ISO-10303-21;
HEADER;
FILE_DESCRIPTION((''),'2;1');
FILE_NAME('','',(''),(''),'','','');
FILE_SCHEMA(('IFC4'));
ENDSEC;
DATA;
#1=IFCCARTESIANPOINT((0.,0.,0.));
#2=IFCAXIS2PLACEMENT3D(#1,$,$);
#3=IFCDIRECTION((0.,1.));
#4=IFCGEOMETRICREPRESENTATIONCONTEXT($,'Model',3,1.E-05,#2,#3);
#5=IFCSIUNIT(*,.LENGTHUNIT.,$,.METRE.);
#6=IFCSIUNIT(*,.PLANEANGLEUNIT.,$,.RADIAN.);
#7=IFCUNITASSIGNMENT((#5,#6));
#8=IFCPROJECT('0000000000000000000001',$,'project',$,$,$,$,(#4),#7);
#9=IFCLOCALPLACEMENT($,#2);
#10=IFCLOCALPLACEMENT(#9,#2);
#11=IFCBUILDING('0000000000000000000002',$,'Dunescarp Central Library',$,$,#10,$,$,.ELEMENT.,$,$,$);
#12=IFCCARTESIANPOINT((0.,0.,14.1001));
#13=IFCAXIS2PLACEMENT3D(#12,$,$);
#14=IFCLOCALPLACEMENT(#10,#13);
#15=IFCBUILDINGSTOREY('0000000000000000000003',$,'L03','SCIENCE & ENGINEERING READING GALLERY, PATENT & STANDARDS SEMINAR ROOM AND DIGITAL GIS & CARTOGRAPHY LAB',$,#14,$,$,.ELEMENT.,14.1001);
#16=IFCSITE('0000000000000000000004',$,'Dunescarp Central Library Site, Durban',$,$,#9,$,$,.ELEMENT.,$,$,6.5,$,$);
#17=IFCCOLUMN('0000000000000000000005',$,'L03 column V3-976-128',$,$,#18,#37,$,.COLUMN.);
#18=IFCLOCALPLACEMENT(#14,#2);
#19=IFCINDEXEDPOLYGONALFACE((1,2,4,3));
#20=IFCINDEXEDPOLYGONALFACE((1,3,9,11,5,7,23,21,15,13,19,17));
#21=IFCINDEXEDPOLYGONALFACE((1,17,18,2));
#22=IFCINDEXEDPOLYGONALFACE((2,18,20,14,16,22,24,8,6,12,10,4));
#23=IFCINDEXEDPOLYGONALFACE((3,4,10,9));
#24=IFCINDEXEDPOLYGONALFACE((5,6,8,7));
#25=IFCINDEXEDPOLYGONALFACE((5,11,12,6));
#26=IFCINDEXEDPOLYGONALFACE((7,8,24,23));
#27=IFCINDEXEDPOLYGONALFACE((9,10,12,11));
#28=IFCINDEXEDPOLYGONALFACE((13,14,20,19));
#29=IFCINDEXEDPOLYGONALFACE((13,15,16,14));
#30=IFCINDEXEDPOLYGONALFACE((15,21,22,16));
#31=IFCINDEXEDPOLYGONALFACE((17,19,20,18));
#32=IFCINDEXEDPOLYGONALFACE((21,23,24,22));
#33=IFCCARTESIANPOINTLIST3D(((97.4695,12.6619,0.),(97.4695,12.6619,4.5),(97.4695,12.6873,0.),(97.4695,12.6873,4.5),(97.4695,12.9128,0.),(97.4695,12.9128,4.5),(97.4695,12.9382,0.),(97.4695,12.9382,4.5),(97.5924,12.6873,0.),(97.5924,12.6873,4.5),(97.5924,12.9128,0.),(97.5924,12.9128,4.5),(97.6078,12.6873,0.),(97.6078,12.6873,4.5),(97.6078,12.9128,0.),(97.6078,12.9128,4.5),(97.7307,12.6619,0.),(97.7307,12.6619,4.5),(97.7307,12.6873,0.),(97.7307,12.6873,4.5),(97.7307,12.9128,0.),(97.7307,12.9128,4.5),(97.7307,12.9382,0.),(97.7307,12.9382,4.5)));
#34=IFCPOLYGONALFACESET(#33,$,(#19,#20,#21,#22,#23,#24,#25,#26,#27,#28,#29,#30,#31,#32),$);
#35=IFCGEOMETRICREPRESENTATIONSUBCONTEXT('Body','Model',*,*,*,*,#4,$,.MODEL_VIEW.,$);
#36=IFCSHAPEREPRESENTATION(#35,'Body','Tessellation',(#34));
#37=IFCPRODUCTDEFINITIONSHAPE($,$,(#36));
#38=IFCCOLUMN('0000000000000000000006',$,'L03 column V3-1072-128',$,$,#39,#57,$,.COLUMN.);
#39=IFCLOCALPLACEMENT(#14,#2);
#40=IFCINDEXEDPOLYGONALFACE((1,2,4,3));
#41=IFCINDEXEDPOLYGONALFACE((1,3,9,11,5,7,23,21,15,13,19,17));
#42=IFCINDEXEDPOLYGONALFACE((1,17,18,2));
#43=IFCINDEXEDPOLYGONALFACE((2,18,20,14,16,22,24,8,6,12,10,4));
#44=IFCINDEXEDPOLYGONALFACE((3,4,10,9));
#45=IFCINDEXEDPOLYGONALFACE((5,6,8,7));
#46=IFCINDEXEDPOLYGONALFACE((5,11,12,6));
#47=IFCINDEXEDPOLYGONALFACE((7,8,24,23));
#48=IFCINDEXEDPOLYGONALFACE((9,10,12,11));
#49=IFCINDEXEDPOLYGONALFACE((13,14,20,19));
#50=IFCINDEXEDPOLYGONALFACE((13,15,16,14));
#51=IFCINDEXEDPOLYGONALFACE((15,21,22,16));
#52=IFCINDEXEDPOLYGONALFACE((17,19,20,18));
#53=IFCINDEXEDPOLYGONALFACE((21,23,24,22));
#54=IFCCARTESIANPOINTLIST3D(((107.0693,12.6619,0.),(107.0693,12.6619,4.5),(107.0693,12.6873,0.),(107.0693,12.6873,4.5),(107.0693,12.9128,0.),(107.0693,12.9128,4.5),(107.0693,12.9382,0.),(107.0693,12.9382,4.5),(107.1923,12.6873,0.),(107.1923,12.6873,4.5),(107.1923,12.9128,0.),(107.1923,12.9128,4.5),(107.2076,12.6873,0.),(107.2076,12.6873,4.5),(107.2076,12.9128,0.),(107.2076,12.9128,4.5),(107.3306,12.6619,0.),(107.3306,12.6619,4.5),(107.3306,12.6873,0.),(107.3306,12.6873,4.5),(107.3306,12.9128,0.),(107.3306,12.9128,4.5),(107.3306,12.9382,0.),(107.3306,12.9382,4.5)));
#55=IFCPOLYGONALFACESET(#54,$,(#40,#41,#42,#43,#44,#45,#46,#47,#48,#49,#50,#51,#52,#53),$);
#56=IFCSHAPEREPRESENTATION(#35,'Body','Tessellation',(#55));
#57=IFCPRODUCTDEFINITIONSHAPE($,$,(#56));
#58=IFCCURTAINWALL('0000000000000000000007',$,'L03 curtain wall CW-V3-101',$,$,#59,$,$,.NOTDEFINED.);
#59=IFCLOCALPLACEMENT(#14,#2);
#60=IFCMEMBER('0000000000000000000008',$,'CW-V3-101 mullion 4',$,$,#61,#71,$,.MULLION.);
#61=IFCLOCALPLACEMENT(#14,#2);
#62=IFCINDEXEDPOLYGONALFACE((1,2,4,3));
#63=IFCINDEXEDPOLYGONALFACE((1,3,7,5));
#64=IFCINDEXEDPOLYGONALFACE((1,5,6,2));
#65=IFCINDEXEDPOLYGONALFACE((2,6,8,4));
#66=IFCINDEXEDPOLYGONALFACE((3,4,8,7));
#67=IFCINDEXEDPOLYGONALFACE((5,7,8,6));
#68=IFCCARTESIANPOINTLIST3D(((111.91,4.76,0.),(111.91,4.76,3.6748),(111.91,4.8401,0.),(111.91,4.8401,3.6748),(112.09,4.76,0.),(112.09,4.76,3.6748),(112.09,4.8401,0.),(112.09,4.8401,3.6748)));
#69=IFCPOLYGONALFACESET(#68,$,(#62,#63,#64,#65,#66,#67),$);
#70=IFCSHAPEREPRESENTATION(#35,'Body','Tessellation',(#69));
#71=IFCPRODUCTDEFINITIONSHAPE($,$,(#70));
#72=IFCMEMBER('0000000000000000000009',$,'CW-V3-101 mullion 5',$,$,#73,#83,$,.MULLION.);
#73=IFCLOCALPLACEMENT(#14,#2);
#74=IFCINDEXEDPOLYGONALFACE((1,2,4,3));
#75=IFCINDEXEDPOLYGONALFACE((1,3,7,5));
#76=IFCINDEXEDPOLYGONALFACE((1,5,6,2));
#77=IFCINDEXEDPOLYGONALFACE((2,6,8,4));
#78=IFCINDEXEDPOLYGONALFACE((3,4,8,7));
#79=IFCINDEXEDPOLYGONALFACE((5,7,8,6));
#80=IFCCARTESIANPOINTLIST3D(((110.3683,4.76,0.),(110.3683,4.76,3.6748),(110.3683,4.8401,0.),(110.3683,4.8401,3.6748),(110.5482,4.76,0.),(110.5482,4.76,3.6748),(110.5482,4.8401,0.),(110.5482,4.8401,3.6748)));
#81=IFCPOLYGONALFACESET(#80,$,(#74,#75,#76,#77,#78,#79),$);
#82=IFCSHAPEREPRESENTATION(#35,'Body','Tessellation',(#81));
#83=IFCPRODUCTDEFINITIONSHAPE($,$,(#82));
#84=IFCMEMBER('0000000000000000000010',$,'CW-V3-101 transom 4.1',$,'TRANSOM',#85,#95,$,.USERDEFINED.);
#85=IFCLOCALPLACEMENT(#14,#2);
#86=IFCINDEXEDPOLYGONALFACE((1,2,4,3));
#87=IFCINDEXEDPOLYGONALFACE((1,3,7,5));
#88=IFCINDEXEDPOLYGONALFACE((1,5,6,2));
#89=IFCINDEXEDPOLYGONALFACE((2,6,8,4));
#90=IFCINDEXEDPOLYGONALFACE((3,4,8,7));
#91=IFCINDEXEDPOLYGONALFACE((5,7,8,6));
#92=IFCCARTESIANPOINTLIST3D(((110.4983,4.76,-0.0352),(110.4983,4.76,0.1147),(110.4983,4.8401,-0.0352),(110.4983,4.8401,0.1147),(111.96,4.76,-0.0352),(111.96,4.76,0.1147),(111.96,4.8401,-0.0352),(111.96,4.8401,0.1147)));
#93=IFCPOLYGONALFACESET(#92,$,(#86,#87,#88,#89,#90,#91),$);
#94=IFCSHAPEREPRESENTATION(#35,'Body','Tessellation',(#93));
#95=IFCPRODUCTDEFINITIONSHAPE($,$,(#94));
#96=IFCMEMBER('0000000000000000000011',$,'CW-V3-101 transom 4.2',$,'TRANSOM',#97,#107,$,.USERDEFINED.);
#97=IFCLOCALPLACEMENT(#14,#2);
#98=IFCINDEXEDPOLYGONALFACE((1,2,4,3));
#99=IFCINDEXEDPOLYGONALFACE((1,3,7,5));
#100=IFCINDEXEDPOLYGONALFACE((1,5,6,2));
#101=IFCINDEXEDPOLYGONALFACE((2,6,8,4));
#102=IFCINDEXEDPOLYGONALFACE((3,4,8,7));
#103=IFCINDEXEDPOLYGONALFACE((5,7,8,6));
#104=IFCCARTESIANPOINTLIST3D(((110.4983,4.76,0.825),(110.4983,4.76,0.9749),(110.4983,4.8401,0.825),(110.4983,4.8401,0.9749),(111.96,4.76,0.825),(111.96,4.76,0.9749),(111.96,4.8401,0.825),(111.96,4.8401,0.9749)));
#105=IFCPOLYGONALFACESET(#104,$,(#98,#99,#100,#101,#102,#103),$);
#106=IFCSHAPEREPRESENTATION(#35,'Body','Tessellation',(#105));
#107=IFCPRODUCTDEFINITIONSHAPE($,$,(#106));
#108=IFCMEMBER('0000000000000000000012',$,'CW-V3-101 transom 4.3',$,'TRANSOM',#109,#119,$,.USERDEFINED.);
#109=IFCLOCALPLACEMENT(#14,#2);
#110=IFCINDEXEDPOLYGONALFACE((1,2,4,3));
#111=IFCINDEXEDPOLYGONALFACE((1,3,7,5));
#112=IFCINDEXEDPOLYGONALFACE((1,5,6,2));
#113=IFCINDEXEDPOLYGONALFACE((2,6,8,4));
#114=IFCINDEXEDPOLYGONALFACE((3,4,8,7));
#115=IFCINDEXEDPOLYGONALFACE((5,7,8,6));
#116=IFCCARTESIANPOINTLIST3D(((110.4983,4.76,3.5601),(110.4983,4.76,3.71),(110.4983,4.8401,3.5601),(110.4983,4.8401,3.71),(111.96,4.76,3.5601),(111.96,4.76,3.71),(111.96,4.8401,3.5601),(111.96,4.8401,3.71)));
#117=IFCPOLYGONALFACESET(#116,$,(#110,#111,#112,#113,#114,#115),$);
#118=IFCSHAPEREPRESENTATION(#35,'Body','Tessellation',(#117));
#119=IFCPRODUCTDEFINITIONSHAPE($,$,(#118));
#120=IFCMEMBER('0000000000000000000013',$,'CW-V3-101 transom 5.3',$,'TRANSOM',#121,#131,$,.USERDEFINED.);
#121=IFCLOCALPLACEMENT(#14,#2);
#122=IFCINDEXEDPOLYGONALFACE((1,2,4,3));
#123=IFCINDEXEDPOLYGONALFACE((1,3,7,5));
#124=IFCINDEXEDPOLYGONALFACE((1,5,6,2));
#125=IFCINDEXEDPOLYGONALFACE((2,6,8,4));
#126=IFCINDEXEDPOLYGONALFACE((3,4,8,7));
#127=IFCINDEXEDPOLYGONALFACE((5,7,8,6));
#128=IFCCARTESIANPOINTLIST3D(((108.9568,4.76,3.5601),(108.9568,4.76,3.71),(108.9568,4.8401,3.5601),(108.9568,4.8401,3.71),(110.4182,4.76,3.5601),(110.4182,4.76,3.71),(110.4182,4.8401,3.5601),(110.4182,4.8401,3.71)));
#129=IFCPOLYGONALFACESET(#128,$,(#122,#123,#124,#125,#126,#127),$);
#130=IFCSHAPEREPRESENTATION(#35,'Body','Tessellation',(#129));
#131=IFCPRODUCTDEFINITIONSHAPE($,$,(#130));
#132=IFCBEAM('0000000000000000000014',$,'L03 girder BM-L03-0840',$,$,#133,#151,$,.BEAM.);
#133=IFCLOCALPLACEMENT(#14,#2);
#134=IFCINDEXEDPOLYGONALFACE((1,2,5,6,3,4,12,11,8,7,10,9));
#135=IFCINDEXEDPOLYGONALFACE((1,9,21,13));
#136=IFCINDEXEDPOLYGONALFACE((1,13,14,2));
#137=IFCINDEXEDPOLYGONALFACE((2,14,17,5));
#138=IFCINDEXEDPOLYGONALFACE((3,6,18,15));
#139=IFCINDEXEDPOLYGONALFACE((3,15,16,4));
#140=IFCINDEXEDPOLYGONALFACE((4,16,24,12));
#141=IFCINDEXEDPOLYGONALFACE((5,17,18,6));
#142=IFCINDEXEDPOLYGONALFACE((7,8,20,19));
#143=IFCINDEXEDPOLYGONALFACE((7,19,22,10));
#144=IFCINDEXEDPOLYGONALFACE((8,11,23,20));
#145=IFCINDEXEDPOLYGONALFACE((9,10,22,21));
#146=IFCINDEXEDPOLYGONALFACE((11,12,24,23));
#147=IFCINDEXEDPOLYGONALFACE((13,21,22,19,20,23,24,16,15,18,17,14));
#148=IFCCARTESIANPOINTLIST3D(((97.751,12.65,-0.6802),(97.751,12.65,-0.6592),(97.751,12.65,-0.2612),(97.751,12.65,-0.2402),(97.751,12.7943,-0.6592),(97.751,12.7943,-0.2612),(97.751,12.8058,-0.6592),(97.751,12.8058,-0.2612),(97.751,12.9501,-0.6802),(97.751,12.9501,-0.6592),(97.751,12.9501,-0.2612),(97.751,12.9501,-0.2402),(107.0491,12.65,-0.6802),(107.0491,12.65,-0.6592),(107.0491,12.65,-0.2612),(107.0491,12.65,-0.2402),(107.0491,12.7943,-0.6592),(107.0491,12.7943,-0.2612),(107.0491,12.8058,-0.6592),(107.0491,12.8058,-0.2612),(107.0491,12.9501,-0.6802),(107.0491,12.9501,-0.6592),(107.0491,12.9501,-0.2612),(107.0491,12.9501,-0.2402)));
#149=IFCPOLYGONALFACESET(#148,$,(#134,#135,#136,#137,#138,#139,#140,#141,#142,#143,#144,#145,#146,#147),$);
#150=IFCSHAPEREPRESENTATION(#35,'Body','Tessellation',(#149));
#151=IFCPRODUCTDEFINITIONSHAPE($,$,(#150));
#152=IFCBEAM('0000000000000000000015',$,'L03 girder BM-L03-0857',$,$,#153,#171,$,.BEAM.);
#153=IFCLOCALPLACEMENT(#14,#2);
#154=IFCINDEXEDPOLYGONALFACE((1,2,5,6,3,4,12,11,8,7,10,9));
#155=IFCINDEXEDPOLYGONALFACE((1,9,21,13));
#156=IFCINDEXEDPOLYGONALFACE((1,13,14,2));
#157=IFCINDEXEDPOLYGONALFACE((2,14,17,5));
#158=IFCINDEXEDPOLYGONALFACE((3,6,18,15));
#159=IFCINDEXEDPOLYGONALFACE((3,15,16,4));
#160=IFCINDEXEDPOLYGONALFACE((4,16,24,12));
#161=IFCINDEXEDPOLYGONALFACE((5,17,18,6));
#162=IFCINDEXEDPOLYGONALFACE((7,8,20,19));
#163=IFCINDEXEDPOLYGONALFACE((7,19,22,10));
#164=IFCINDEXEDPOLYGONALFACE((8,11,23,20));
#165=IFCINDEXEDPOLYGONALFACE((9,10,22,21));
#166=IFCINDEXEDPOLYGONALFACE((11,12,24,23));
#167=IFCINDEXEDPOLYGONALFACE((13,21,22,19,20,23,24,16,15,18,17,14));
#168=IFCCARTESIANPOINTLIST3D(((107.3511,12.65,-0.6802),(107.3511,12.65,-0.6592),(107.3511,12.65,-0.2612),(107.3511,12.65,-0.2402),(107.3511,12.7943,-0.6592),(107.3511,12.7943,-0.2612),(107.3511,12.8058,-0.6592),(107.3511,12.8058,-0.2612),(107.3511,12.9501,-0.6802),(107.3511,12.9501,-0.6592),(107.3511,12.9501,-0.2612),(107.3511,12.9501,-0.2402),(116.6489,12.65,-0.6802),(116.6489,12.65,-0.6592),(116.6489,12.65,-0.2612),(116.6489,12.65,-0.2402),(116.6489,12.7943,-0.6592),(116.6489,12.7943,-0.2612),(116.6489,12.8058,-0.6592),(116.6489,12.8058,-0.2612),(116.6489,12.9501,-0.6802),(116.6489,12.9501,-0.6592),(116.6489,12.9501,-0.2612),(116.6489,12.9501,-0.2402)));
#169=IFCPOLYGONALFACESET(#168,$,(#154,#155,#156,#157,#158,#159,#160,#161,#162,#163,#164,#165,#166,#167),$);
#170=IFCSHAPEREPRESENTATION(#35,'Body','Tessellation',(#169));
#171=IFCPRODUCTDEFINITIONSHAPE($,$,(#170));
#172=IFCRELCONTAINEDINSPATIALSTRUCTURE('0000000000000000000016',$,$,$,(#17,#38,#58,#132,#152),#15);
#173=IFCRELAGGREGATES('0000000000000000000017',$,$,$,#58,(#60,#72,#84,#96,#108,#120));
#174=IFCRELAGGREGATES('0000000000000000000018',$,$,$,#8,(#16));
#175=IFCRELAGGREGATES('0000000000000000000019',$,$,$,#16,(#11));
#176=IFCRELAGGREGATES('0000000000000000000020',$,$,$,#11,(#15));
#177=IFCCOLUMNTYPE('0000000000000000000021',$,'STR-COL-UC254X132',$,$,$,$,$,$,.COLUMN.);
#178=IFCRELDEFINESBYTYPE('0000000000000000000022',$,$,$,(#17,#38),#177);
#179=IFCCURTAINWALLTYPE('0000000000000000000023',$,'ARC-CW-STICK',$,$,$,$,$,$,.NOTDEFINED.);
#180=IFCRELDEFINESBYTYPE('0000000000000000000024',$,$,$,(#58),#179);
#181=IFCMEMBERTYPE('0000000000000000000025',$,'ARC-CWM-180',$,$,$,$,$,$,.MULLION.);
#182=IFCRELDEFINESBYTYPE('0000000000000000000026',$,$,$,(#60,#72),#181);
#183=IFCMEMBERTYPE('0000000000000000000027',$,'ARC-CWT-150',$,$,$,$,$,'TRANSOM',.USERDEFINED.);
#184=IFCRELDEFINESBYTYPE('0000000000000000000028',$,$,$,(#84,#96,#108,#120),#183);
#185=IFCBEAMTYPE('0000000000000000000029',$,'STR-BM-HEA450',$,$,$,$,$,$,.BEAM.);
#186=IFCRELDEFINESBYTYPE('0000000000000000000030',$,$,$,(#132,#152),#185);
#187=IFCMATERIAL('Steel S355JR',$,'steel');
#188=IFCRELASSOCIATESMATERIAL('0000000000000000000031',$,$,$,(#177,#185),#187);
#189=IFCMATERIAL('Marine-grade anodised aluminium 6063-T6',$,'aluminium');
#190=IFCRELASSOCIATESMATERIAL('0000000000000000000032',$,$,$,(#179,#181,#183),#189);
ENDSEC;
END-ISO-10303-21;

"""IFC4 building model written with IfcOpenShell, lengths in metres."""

from ifc_helpers import new_model, si_unit, direction, frame, origin, origin_2d, place, context, subcontext, project, spatial, rectangle, i_section, extrude, material, material_profile, profile_set, type_object, element, aggregate, save


model = new_model("IFC4")

# Units and contexts
model_context = context("Model", 3, precision=1e-05, world=origin(), true_north=direction((0.0, 1.0)))
body_context = subcontext(model_context, "Body", "Model", "MODEL_VIEW")
ifc_project = project(units=[si_unit("LENGTHUNIT", "METRE"), si_unit("PLANEANGLEUNIT", "RADIAN")], contexts=[model_context])

# Site, building, storey
site_placement = place(None, origin())
site = spatial("IfcSite", under=ifc_project, at=site_placement, Name="Dunescarp Central Library Site, Durban", CompositionType="ELEMENT", RefElevation=6.5)
building_placement = place(site_placement, origin())
building = spatial("IfcBuilding", under=site, at=building_placement, Name="Dunescarp Central Library", CompositionType="ELEMENT")
storey_placement = place(building_placement, frame((0.0, 0.0, 14.1001)))
storey = spatial("IfcBuildingStorey", under=building, at=storey_placement, Name="L03", Description="SCIENCE & ENGINEERING READING GALLERY, PATENT & STANDARDS SEMINAR ROOM AND DIGITAL GIS & CARTOGRAPHY LAB", CompositionType="ELEMENT", Elevation=14.1001)

# Columns
ifc_material_1 = material(Name="Steel S355JR", Category="steel")
ifc_material_profile_1 = material_profile(ifc_material_1, i_section(OverallWidth=0.2612, OverallDepth=0.2764, WebThickness=0.0154, FlangeThickness=0.0254, at=origin_2d()), Name="UC 254x254x132")
ifc_profile_set_1 = profile_set([ifc_material_profile_1], Name="Steel S355JR")
column_type = type_object("IfcColumnType", Name="STR-COL-UC254X132", PredefinedType="COLUMN", material=ifc_profile_set_1)
for number, where, z_axis, x_axis, name in (
    (1, (97.6001, 12.8, 0.0), (0.0, 0.0, 1.0), (1.0, 0.0, 0.0), "L03 column V3-976-128"),
    (2, (107.2, 12.8, 0.0), (0.0, 0.0, 1.0), (1.0, 0.0, 0.0), "L03 column V3-1072-128"),
):
    element("IfcColumn", number, at=place(storey_placement, frame(where, z_axis=z_axis, x_axis=x_axis)), inside=storey, type_object=column_type, Name=name, PredefinedType="COLUMN", context=body_context, shape_type="SweptSolid", body=[
        extrude(i_section(OverallWidth=0.2612, OverallDepth=0.2764, WebThickness=0.0154, FlangeThickness=0.0254, at=origin_2d()), origin(), (0.0, 0.0, 1.0), 4.5),
    ])

# Curtain wall, members
ifc_material_2 = material(Name="Marine-grade anodised aluminium 6063-T6", Category="aluminium")
curtain_wall_type = type_object("IfcCurtainWallType", Name="ARC-CW-STICK", PredefinedType="NOTDEFINED", material=ifc_material_2)
curtain_wall_placement = place(storey_placement, origin())
curtain_wall = element("IfcCurtainWall", 3, at=curtain_wall_placement, inside=storey, type_object=curtain_wall_type, Name="L03 curtain wall CW-V3-101", PredefinedType="NOTDEFINED")
ifc_material_profile_2 = material_profile(ifc_material_2, rectangle(XDim=0.0801, YDim=0.1799, at=origin_2d()), Name="AL 80x180")
ifc_profile_set_2 = profile_set([ifc_material_profile_2], Name="Marine-grade anodised aluminium 6063-T6")
member_type_1 = type_object("IfcMemberType", Name="ARC-CWM-180", PredefinedType="MULLION", material=ifc_profile_set_2)
member_1_placement = place(storey_placement, frame((112.0, 4.8, 0.0), z_axis=(0.0, 0.0, 1.0), x_axis=(0.0, -1.0, 0.0)))
member_1 = element("IfcMember", 4, at=member_1_placement, type_object=member_type_1, Name="CW-V3-101 mullion 4", PredefinedType="MULLION", context=body_context, shape_type="SweptSolid", body=[
    extrude(rectangle(XDim=0.0801, YDim=0.1799, at=origin_2d()), origin(), (0.0, 0.0, 1.0), 3.6748),
])
member_2_placement = place(storey_placement, frame((110.4583, 4.8, 0.0), z_axis=(0.0, 0.0, 1.0), x_axis=(0.0, -1.0, 0.0)))
member_2 = element("IfcMember", 5, at=member_2_placement, type_object=member_type_1, Name="CW-V3-101 mullion 5", PredefinedType="MULLION", context=body_context, shape_type="SweptSolid", body=[
    extrude(rectangle(XDim=0.0801, YDim=0.1799, at=origin_2d()), origin(), (0.0, 0.0, 1.0), 3.6748),
])
ifc_material_profile_3 = material_profile(ifc_material_2, rectangle(XDim=0.0801, YDim=0.1499, at=origin_2d()), Name="AL 80x150")
ifc_profile_set_3 = profile_set([ifc_material_profile_3], Name="Marine-grade anodised aluminium 6063-T6")
member_type_2 = type_object("IfcMemberType", Name="ARC-CWT-150", ElementType="TRANSOM", PredefinedType="USERDEFINED", material=ifc_profile_set_3)
member_3_placement = place(storey_placement, frame((111.96, 4.8, 0.0398), z_axis=(-1.0, 0.0, 0.0), x_axis=(0.0, -1.0, 0.0)))
member_3 = element("IfcMember", 6, at=member_3_placement, type_object=member_type_2, Name="CW-V3-101 transom 4.1", ObjectType="TRANSOM", PredefinedType="USERDEFINED", context=body_context, shape_type="SweptSolid", body=[
    extrude(rectangle(XDim=0.0801, YDim=0.1499, at=origin_2d()), origin(), (0.0, 0.0, 1.0), 1.4617),
])
member_4_placement = place(storey_placement, frame((111.96, 4.8, 0.8999), z_axis=(-1.0, 0.0, 0.0), x_axis=(0.0, -1.0, 0.0)))
member_4 = element("IfcMember", 7, at=member_4_placement, type_object=member_type_2, Name="CW-V3-101 transom 4.2", ObjectType="TRANSOM", PredefinedType="USERDEFINED", context=body_context, shape_type="SweptSolid", body=[
    extrude(rectangle(XDim=0.0801, YDim=0.1499, at=origin_2d()), origin(), (0.0, 0.0, 1.0), 1.4617),
])
member_5_placement = place(storey_placement, frame((111.96, 4.8, 3.635), z_axis=(-1.0, 0.0, 0.0), x_axis=(0.0, -1.0, 0.0)))
member_5 = element("IfcMember", 8, at=member_5_placement, type_object=member_type_2, Name="CW-V3-101 transom 4.3", ObjectType="TRANSOM", PredefinedType="USERDEFINED", context=body_context, shape_type="SweptSolid", body=[
    extrude(rectangle(XDim=0.0801, YDim=0.1499, at=origin_2d()), origin(), (0.0, 0.0, 1.0), 1.4617),
])
member_6_placement = place(storey_placement, frame((110.4182, 4.8, 3.635), z_axis=(-1.0, 0.0, 0.0), x_axis=(0.0, -1.0, 0.0)))
member_6 = element("IfcMember", 9, at=member_6_placement, type_object=member_type_2, Name="CW-V3-101 transom 5.3", ObjectType="TRANSOM", PredefinedType="USERDEFINED", context=body_context, shape_type="SweptSolid", body=[
    extrude(rectangle(XDim=0.0801, YDim=0.1499, at=origin_2d()), origin(), (0.0, 0.0, 1.0), 1.4614),
])

# Beams
ifc_material_profile_4 = material_profile(ifc_material_1, i_section(OverallWidth=0.3, OverallDepth=0.4399, WebThickness=0.0115, FlangeThickness=0.021, at=origin_2d()), Name="HEA 450")
ifc_profile_set_4 = profile_set([ifc_material_profile_4], Name="Steel S355JR")
beam_type_1 = type_object("IfcBeamType", Name="STR-BM-HEA450", PredefinedType="BEAM", material=ifc_profile_set_4)
beam_1_placement = place(storey_placement, frame((97.751, 12.8, -0.4602), z_axis=(1.0, 0.0, 0.0), x_axis=(0.0, 1.0, 0.0)))
element("IfcBeam", 10, at=beam_1_placement, inside=storey, type_object=beam_type_1, Name="L03 girder BM-L03-0840", PredefinedType="BEAM", context=body_context, shape_type="SweptSolid", body=[
    extrude(i_section(OverallWidth=0.3, OverallDepth=0.4399, WebThickness=0.0115, FlangeThickness=0.021, at=origin_2d()), origin(), (0.0, 0.0, 1.0), 9.2981),
])
beam_2_placement = place(storey_placement, frame((107.3511, 12.8, -0.4602), z_axis=(1.0, 0.0, 0.0), x_axis=(0.0, 1.0, 0.0)))
element("IfcBeam", 11, at=beam_2_placement, inside=storey, type_object=beam_type_1, Name="L03 girder BM-L03-0857", PredefinedType="BEAM", context=body_context, shape_type="SweptSolid", body=[
    extrude(i_section(OverallWidth=0.3, OverallDepth=0.4399, WebThickness=0.0115, FlangeThickness=0.021, at=origin_2d()), origin(), (0.0, 0.0, 1.0), 9.2979),
])

aggregate(curtain_wall, [member_1, member_2, member_3, member_4, member_5, member_6])

save(model, "model.ifc")
